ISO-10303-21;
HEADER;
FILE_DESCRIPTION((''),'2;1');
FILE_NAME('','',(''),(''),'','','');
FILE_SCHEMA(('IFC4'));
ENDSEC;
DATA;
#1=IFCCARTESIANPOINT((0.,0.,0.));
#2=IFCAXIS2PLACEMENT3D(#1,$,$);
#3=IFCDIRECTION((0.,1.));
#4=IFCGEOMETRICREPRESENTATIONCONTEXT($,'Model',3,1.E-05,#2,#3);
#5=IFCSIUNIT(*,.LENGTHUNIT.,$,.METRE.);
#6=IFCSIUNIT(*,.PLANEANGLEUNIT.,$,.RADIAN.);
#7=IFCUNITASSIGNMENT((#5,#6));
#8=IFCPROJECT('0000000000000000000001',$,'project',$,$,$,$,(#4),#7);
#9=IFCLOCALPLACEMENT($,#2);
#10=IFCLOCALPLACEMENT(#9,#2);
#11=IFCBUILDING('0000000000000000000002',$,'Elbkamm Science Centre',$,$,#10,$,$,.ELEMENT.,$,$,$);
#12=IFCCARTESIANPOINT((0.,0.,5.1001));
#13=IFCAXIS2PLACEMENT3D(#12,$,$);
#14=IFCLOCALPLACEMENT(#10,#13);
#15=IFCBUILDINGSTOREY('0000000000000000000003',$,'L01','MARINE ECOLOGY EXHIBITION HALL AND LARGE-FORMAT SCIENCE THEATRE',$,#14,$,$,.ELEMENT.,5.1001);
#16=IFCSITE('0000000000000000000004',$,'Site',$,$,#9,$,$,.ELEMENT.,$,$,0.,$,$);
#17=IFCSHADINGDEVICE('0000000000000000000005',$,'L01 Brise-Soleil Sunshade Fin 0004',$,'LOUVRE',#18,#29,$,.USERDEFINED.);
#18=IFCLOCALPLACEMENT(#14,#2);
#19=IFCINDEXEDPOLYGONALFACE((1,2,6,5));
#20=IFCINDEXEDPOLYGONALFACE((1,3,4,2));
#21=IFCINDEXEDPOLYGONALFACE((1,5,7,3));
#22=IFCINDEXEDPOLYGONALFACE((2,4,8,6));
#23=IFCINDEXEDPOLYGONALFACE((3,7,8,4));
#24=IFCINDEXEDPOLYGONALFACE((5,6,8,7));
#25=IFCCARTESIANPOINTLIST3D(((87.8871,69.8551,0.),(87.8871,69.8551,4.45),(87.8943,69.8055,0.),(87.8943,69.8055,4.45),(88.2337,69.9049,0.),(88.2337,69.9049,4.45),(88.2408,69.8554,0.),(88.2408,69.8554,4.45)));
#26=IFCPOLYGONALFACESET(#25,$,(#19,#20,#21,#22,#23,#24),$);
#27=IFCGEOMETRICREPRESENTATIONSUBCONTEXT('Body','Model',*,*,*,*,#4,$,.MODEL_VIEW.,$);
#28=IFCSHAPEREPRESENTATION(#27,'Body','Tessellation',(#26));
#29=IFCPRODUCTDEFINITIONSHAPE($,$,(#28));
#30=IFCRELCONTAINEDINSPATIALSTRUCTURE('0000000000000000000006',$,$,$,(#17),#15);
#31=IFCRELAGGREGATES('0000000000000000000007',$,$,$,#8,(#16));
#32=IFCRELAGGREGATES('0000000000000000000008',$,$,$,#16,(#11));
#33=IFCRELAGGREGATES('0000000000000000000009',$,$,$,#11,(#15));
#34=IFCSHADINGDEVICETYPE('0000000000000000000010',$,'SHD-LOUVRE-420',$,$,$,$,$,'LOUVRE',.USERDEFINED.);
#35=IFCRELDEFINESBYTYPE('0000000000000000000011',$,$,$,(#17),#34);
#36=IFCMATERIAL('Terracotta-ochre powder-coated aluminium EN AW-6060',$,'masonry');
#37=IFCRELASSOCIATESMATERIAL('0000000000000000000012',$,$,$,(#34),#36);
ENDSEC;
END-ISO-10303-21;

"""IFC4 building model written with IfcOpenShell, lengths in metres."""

from ifc_helpers import new_model, si_unit, direction, frame, origin, origin_2d, place, context, subcontext, project, spatial, rectangle, extrude, material, type_object, element, save


model = new_model("IFC4")

# Units and contexts
model_context = context("Model", 3, precision=1e-05, world=origin(), true_north=direction((0.0, 1.0)))
body_context = subcontext(model_context, "Body", "Model", "MODEL_VIEW")
ifc_project = project(units=[si_unit("LENGTHUNIT", "METRE"), si_unit("PLANEANGLEUNIT", "RADIAN")], contexts=[model_context])

# Site, building, storey
site_placement = place(None, origin())
site = spatial("IfcSite", under=ifc_project, at=site_placement, Name="Site", CompositionType="ELEMENT", RefElevation=0.0)
building_placement = place(site_placement, origin())
building = spatial("IfcBuilding", under=site, at=building_placement, Name="Elbkamm Science Centre", CompositionType="ELEMENT")
storey_placement = place(building_placement, frame((0.0, 0.0, 5.1001)))
storey = spatial("IfcBuildingStorey", under=building, at=storey_placement, Name="L01", Description="MARINE ECOLOGY EXHIBITION HALL AND LARGE-FORMAT SCIENCE THEATRE", CompositionType="ELEMENT", Elevation=5.1001)

# Shading device
ifc_material_1 = material(Name="Terracotta-ochre powder-coated aluminium EN AW-6060", Category="masonry")
shading_device_type = type_object("IfcShadingDeviceType", Name="SHD-LOUVRE-420", ElementType="LOUVRE", PredefinedType="USERDEFINED", material=ifc_material_1)
shading_device_placement = place(storey_placement, frame((88.064, 69.8552, 0.0), z_axis=(0.0, 0.0, 1.0), x_axis=(0.989819, 0.142332, 0.0)))
element("IfcShadingDevice", 1, at=shading_device_placement, inside=storey, type_object=shading_device_type, Name="L01 Brise-Soleil Sunshade Fin 0004", ObjectType="LOUVRE", PredefinedType="USERDEFINED", context=body_context, shape_type="SweptSolid", body=[
    extrude(rectangle(XDim=0.3501, YDim=0.05, at=origin_2d()), origin(), (0.0, 0.0, 1.0), 4.45),
])

save(model, "model.ifc")
